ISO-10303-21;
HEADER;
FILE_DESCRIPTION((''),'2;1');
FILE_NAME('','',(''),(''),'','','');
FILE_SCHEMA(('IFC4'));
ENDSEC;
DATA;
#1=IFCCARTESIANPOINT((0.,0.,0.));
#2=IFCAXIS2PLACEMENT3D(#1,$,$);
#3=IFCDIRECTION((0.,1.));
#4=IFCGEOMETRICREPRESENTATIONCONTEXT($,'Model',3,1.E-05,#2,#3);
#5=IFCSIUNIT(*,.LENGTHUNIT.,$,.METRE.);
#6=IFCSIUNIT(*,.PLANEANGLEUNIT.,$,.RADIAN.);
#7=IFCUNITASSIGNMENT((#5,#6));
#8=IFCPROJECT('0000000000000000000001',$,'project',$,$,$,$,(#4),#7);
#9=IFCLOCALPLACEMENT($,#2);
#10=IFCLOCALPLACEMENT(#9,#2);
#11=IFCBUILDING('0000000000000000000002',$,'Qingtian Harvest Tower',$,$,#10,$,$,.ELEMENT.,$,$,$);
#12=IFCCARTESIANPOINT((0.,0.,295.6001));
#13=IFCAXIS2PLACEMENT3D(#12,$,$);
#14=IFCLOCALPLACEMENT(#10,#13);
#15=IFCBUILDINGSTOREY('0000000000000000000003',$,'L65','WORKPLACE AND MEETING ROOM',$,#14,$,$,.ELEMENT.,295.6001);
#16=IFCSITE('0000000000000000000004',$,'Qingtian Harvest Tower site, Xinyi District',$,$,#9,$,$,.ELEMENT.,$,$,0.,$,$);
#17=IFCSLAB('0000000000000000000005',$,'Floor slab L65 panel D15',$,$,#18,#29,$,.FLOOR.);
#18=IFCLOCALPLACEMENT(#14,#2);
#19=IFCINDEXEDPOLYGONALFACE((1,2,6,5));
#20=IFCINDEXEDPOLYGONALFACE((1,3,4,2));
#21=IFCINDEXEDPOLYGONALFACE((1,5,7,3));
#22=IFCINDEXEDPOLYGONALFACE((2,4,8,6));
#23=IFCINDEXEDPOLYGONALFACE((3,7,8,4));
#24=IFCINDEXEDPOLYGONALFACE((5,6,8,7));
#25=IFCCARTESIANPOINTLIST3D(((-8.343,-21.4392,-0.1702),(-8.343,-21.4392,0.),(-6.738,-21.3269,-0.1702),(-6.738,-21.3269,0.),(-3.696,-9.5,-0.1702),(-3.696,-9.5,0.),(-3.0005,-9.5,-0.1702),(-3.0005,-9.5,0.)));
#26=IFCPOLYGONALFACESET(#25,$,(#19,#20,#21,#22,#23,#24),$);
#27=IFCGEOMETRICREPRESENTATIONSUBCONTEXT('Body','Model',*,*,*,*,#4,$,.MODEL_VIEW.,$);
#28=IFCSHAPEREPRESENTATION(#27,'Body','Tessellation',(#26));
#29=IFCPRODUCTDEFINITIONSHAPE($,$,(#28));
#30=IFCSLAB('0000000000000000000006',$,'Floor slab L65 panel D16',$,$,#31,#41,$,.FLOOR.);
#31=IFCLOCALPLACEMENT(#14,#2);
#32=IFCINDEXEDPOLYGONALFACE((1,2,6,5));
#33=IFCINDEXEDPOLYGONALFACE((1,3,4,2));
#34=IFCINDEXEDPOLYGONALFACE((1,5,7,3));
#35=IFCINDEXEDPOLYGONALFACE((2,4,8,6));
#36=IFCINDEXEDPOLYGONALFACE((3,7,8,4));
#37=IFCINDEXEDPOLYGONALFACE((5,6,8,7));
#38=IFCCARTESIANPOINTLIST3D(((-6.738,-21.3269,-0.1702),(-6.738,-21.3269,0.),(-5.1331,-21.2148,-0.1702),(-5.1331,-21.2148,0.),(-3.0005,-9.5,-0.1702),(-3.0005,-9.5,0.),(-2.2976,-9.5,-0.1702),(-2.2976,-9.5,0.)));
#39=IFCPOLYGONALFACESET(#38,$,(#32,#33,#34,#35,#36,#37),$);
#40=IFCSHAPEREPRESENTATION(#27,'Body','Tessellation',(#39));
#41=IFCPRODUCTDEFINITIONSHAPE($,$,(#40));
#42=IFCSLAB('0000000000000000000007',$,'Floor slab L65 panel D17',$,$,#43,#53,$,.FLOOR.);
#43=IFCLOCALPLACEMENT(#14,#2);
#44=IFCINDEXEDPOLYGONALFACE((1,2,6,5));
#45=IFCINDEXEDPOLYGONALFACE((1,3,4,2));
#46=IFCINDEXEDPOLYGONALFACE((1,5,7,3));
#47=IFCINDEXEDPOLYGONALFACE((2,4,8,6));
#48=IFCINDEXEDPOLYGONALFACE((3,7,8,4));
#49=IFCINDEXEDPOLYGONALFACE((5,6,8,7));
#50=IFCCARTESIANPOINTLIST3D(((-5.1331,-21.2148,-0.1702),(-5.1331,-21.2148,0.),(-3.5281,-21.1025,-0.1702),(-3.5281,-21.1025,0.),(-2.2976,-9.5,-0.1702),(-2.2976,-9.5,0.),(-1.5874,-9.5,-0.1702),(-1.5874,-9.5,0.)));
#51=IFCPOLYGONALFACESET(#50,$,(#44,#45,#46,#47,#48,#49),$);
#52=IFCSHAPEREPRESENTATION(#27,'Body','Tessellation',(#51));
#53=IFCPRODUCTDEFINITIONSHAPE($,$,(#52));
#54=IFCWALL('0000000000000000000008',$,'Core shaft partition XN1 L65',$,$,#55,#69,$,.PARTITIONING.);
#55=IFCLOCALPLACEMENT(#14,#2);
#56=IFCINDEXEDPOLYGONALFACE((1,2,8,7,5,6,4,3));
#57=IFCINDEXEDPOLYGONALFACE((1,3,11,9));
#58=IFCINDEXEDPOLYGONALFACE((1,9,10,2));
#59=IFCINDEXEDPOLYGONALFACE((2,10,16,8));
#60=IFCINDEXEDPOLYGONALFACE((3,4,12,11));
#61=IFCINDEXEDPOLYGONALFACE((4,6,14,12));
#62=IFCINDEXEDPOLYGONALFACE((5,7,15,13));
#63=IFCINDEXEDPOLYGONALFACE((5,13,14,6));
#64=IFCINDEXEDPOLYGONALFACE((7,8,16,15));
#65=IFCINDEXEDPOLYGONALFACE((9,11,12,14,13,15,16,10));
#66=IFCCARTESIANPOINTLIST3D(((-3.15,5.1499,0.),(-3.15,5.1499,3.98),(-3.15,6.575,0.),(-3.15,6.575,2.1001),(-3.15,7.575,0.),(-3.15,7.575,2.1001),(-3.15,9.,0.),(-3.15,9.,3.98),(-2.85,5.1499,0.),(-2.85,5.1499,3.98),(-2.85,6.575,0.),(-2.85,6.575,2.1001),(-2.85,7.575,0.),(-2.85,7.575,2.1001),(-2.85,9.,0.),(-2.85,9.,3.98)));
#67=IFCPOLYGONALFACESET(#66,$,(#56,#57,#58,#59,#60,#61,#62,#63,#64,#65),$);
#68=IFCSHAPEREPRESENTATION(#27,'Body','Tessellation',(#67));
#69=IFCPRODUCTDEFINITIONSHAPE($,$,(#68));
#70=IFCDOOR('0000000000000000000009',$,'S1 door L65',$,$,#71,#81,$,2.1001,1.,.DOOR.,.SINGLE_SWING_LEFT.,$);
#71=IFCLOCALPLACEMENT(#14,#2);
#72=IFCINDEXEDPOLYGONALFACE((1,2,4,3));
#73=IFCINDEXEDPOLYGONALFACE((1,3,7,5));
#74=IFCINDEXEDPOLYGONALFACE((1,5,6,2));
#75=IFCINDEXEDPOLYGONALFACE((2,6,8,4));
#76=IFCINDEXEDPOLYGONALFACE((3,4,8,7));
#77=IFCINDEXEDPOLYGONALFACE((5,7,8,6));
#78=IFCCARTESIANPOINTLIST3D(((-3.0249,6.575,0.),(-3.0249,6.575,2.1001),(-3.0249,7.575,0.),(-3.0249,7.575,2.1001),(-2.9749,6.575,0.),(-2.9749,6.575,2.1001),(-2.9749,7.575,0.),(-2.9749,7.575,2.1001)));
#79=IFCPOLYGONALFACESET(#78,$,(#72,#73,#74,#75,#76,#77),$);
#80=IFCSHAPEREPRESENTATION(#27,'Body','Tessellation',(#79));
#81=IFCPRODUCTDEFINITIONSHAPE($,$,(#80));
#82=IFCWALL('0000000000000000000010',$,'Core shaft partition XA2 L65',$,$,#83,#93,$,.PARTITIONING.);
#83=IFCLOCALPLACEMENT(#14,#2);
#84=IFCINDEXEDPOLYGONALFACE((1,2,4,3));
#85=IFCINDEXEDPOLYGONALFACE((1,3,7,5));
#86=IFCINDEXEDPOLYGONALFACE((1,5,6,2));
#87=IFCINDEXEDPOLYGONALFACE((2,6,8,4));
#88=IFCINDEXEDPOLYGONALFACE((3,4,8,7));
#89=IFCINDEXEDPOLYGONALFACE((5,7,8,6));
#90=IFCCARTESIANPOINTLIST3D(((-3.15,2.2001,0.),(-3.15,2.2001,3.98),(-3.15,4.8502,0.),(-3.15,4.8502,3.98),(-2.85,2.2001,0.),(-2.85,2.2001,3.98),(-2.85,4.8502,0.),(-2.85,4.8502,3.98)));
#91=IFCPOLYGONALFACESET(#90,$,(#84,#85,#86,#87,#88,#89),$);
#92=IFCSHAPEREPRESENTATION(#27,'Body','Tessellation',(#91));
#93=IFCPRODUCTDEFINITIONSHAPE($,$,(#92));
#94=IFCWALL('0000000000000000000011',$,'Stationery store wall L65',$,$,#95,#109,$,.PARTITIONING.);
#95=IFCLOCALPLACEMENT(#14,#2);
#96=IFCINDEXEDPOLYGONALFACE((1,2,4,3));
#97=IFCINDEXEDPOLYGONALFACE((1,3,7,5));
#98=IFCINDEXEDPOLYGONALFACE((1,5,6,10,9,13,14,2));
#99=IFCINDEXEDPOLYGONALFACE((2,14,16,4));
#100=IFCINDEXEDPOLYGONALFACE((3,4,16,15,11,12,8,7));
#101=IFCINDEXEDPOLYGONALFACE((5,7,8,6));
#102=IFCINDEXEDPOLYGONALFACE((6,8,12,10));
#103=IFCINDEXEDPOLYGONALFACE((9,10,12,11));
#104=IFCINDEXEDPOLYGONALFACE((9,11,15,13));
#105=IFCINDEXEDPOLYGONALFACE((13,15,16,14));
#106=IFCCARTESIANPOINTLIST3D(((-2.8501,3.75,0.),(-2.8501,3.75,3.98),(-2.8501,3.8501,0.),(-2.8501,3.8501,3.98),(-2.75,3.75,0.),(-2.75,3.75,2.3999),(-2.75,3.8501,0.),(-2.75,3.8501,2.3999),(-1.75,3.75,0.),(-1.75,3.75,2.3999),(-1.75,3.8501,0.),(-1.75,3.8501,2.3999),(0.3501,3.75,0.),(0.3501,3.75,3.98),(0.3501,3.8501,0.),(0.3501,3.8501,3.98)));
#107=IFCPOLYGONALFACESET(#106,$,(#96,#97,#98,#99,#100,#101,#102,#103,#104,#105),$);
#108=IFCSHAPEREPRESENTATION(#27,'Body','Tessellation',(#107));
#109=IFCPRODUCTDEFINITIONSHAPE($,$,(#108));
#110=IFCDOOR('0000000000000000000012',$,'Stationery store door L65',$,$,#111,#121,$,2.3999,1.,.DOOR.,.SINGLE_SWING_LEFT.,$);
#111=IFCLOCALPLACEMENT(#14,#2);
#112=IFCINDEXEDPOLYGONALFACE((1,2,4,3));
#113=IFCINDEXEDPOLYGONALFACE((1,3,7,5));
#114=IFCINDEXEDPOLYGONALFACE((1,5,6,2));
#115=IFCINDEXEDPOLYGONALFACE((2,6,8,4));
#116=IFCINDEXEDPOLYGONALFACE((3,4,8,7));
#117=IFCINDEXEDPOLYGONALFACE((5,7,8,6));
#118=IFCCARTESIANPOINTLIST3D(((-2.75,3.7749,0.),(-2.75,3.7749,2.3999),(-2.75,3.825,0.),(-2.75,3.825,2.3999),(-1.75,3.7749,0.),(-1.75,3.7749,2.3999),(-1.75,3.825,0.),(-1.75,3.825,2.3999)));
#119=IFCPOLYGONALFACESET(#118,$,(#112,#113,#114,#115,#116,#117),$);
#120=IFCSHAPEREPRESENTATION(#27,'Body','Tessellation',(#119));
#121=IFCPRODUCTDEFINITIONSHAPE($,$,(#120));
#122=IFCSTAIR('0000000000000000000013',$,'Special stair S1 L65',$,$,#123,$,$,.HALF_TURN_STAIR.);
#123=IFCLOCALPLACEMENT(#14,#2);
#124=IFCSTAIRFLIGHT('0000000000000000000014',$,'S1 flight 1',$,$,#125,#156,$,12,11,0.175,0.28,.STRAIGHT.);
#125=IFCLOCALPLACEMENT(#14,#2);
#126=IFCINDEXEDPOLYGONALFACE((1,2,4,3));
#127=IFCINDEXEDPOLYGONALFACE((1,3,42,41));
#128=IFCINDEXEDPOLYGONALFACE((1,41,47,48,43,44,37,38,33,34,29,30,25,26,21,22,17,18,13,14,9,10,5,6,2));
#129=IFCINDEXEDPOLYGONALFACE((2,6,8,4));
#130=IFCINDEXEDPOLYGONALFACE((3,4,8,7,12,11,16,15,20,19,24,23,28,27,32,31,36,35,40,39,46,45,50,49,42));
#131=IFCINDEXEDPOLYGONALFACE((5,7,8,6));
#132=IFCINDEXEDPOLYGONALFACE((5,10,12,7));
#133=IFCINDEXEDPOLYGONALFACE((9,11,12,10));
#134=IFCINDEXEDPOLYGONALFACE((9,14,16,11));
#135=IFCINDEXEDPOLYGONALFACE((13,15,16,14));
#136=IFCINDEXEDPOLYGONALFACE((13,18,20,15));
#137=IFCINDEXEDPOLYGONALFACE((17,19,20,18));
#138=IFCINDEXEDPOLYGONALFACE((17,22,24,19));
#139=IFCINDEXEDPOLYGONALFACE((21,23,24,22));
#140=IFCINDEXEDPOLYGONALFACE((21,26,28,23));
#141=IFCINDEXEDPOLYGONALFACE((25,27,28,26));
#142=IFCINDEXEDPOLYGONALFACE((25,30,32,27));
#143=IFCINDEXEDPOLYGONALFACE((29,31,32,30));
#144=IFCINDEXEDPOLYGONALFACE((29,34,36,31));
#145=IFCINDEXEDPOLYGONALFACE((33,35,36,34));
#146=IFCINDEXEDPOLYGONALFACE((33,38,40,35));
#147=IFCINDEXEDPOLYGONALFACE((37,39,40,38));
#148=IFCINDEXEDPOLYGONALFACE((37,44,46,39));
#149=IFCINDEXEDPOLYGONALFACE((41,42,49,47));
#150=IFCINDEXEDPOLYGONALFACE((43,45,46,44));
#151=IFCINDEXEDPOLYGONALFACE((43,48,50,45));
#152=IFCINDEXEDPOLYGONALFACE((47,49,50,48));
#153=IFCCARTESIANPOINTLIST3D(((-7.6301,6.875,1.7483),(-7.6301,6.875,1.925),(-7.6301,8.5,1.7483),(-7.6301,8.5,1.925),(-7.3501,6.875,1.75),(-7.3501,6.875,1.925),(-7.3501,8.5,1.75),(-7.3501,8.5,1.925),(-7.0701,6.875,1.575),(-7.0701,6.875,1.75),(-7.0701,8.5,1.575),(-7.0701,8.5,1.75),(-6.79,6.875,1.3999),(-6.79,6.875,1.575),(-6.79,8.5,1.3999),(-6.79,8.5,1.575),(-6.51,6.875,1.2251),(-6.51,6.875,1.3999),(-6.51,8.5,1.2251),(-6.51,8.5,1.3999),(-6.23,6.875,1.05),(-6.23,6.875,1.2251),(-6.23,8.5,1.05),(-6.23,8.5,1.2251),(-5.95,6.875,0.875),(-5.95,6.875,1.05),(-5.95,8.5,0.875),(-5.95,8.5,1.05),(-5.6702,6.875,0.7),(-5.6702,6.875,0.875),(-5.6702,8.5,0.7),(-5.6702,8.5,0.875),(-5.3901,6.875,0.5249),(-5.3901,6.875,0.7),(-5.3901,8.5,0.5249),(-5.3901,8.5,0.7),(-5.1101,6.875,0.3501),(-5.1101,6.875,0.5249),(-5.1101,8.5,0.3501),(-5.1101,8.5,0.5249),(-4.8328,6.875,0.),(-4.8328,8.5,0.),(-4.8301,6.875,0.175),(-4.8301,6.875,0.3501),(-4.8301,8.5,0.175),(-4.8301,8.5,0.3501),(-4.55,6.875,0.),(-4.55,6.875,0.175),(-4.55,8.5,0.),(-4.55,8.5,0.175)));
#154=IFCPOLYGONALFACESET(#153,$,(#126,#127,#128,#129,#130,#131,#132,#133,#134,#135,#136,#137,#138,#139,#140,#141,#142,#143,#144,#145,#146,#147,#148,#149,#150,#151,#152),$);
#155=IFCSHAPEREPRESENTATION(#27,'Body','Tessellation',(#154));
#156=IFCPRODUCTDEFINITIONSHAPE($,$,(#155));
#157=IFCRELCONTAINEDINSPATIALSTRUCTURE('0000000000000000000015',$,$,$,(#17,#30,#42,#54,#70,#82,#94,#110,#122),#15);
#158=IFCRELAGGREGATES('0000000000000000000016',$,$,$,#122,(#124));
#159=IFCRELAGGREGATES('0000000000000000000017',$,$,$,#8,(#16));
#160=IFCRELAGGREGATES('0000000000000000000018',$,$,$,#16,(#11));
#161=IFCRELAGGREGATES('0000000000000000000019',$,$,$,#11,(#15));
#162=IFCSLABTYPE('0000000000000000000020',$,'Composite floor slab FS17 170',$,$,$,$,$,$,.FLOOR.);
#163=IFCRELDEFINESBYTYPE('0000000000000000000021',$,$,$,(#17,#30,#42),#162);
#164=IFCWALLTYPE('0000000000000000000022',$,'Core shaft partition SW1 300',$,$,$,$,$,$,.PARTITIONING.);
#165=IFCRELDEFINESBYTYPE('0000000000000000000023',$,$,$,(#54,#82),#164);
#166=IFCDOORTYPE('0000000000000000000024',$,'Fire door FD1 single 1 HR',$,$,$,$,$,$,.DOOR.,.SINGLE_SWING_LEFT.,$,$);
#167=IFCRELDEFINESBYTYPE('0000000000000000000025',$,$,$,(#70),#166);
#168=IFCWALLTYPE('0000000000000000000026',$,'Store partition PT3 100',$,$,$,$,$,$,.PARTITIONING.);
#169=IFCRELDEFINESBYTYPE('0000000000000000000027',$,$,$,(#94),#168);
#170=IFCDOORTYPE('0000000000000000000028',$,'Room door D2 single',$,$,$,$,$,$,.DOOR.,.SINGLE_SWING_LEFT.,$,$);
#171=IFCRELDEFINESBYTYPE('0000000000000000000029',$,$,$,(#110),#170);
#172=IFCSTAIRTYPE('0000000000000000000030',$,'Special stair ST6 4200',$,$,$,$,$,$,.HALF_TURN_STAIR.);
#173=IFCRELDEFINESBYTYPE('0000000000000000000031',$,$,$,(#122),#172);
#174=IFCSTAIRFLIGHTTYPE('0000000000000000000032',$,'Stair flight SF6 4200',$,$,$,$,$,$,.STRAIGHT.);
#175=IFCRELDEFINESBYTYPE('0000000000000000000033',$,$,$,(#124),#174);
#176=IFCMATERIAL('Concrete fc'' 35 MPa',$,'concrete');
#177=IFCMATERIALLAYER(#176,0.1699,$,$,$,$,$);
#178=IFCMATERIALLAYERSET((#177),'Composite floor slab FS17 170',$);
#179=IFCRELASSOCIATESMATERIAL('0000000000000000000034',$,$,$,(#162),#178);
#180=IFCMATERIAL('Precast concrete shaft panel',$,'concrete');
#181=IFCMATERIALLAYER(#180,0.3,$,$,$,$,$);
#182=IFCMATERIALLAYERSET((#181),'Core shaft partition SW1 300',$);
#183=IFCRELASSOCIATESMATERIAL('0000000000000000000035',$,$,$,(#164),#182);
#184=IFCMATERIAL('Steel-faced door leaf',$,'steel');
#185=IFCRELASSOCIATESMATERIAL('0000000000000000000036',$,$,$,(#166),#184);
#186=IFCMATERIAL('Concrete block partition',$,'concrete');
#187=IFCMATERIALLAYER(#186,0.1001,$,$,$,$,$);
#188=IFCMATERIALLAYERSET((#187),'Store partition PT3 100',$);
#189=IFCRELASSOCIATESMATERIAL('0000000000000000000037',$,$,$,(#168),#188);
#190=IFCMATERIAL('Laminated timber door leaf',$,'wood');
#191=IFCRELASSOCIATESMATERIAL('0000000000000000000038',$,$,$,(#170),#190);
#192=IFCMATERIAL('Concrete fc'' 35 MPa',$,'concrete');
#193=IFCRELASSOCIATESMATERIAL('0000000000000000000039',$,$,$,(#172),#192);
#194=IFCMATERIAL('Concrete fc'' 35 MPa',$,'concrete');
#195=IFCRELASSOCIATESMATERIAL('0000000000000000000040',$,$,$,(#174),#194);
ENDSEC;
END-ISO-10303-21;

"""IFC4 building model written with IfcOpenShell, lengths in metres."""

from ifc_helpers import new_model, si_unit, direction, frame, frame_2d, origin, place, context, subcontext, project, spatial, polyline, rectangle, outline, extrude, material, layer, layer_set, type_object, element, fill, aggregate, save


model = new_model("IFC4")

# Units and contexts
model_context = context("Model", 3, precision=1e-05, world=origin(), true_north=direction((0.0, 1.0)))
body_context = subcontext(model_context, "Body", "Model", "MODEL_VIEW")
ifc_project = project(units=[si_unit("LENGTHUNIT", "METRE"), si_unit("PLANEANGLEUNIT", "RADIAN")], contexts=[model_context])

# Site, building, storey
site_placement = place(None, origin())
site = spatial("IfcSite", under=ifc_project, at=site_placement, Name="Qingtian Harvest Tower site, Xinyi District", CompositionType="ELEMENT", RefElevation=0.0)
building_placement = place(site_placement, origin())
building = spatial("IfcBuilding", under=site, at=building_placement, Name="Qingtian Harvest Tower", CompositionType="ELEMENT")
storey_placement = place(building_placement, frame((0.0, 0.0, 295.6001)))
storey = spatial("IfcBuildingStorey", under=building, at=storey_placement, Name="L65", Description="WORKPLACE AND MEETING ROOM", CompositionType="ELEMENT", Elevation=295.6001)

# Slabs
ifc_material_1 = material(Name="Concrete fc' 35 MPa", Category="concrete")
ifc_layer_1 = layer(ifc_material_1, 0.1699)
ifc_layer_set_1 = layer_set([ifc_layer_1], Name="Composite floor slab FS17 170")
slab_type = type_object("IfcSlabType", Name="Composite floor slab FS17 170", PredefinedType="FLOOR", material=ifc_layer_set_1)
slab_1_placement = place(storey_placement, frame((0.0, 0.0, -0.1702)))
element("IfcSlab", 1, at=slab_1_placement, inside=storey, type_object=slab_type, Name="Floor slab L65 panel D15", PredefinedType="FLOOR", context=body_context, shape_type="SweptSolid", body=[
    extrude(outline(polyline([(-3.0005, -9.5), (-6.738, -21.3269), (-8.343, -21.4392), (-3.696, -9.5), (-3.0005, -9.5)])), origin(), (0.0, 0.0, 1.0), 0.1702),
])
slab_2_placement = place(storey_placement, frame((0.0, 0.0, -0.1702)))
element("IfcSlab", 2, at=slab_2_placement, inside=storey, type_object=slab_type, Name="Floor slab L65 panel D16", PredefinedType="FLOOR", context=body_context, shape_type="SweptSolid", body=[
    extrude(outline(polyline([(-2.2976, -9.5), (-5.1331, -21.2148), (-6.738, -21.3269), (-3.0005, -9.5), (-2.2976, -9.5)])), origin(), (0.0, 0.0, 1.0), 0.1702),
])
slab_3_placement = place(storey_placement, frame((0.0, 0.0, -0.1702)))
element("IfcSlab", 3, at=slab_3_placement, inside=storey, type_object=slab_type, Name="Floor slab L65 panel D17", PredefinedType="FLOOR", context=body_context, shape_type="SweptSolid", body=[
    extrude(outline(polyline([(-1.5874, -9.5), (-3.5281, -21.1025), (-5.1331, -21.2148), (-2.2976, -9.5), (-1.5874, -9.5)])), origin(), (0.0, 0.0, 1.0), 0.1702),
])

# Wall, opening, door
ifc_material_2 = material(Name="Precast concrete shaft panel", Category="concrete")
ifc_layer_2 = layer(ifc_material_2, 0.3)
ifc_layer_set_2 = layer_set([ifc_layer_2], Name="Core shaft partition SW1 300")
wall_type_1 = type_object("IfcWallType", Name="Core shaft partition SW1 300", PredefinedType="PARTITIONING", material=ifc_layer_set_2)
wall_1_placement = place(storey_placement, frame((-3.0, 5.1499, 0.0), z_axis=(0.0, 0.0, 1.0), x_axis=(0.0, 1.0, 0.0)))
wall_1 = element("IfcWall", 4, at=wall_1_placement, inside=storey, type_object=wall_type_1, Name="Core shaft partition XN1 L65", PredefinedType="PARTITIONING", context=body_context, shape_type="SweptSolid", body=[
    extrude(rectangle(XDim=3.8501, YDim=0.3, at=frame_2d((1.925, 0.0))), origin(), (0.0, 0.0, 1.0), 3.98),
])
opening_1_placement = place(wall_1_placement, frame((1.425, 0.0, 0.0)))
opening_1 = element("IfcOpeningElement", 5, at=opening_1_placement, cuts=wall_1, PredefinedType="OPENING", context=body_context, shape_type="SweptSolid", body=[
    extrude(rectangle(XDim=1.0, YDim=2.1001, at=frame_2d((0.5, 1.05))), frame((0.0, 0.1599, 0.0), z_axis=(0.0, -1.0, 0.0), x_axis=(1.0, 0.0, 0.0)), (0.0, 0.0, 1.0), 0.3201),
])
ifc_material_3 = material(Name="Steel-faced door leaf", Category="steel")
door_type_1 = type_object("IfcDoorType", Name="Fire door FD1 single 1 HR", OperationType="SINGLE_SWING_LEFT", PredefinedType="DOOR", material=ifc_material_3)
door_1_placement = place(opening_1_placement, origin())
door_1 = element("IfcDoor", 6, at=door_1_placement, inside=storey, type_object=door_type_1, Name="S1 door L65", OperationType="SINGLE_SWING_LEFT", OverallHeight=2.1001, OverallWidth=1.0, PredefinedType="DOOR", context=body_context, shape_type="SweptSolid", body=[
    extrude(rectangle(XDim=1.0, YDim=2.1001, at=frame_2d((0.5, 1.05))), frame((0.0, 0.0249, 0.0), z_axis=(0.0, -1.0, 0.0), x_axis=(1.0, 0.0, 0.0)), (0.0, 0.0, 1.0), 0.05),
])
fill(opening_1, door_1)

# Wall
wall_2_placement = place(storey_placement, frame((-3.0, 2.2, 0.0), z_axis=(0.0, 0.0, 1.0), x_axis=(0.0, 1.0, 0.0)))
element("IfcWall", 7, at=wall_2_placement, inside=storey, type_object=wall_type_1, Name="Core shaft partition XA2 L65", PredefinedType="PARTITIONING", context=body_context, shape_type="SweptSolid", body=[
    extrude(rectangle(XDim=2.6501, YDim=0.3, at=frame_2d((1.3252, 0.0))), origin(), (0.0, 0.0, 1.0), 3.98),
])

# Wall, opening, door
ifc_material_4 = material(Name="Concrete block partition", Category="concrete")
ifc_layer_3 = layer(ifc_material_4, 0.1001)
ifc_layer_set_3 = layer_set([ifc_layer_3], Name="Store partition PT3 100")
wall_type_2 = type_object("IfcWallType", Name="Store partition PT3 100", PredefinedType="PARTITIONING", material=ifc_layer_set_3)
wall_3_placement = place(storey_placement, frame((-2.8501, 3.8, 0.0), z_axis=(0.0, 0.0, 1.0), x_axis=(1.0, 0.0, 0.0)))
wall_3 = element("IfcWall", 8, at=wall_3_placement, inside=storey, type_object=wall_type_2, Name="Stationery store wall L65", PredefinedType="PARTITIONING", context=body_context, shape_type="SweptSolid", body=[
    extrude(rectangle(XDim=3.2002, YDim=0.1001, at=frame_2d((1.6001, 0.0))), origin(), (0.0, 0.0, 1.0), 3.98),
])
opening_2_placement = place(wall_3_placement, frame((0.1001, 0.0, 0.0)))
opening_2 = element("IfcOpeningElement", 9, at=opening_2_placement, cuts=wall_3, PredefinedType="OPENING", context=body_context, shape_type="SweptSolid", body=[
    extrude(rectangle(XDim=1.0, YDim=2.3999, at=frame_2d((0.5, 1.2))), frame((0.0, 0.0601, 0.0), z_axis=(0.0, -1.0, 0.0), x_axis=(1.0, 0.0, 0.0)), (0.0, 0.0, 1.0), 0.1201),
])
ifc_material_5 = material(Name="Laminated timber door leaf", Category="wood")
door_type_2 = type_object("IfcDoorType", Name="Room door D2 single", OperationType="SINGLE_SWING_LEFT", PredefinedType="DOOR", material=ifc_material_5)
door_2_placement = place(opening_2_placement, origin())
door_2 = element("IfcDoor", 10, at=door_2_placement, inside=storey, type_object=door_type_2, Name="Stationery store door L65", OperationType="SINGLE_SWING_LEFT", OverallHeight=2.3999, OverallWidth=1.0, PredefinedType="DOOR", context=body_context, shape_type="SweptSolid", body=[
    extrude(rectangle(XDim=1.0, YDim=2.3999, at=frame_2d((0.5, 1.2))), frame((0.0, 0.0249, 0.0), z_axis=(0.0, -1.0, 0.0), x_axis=(1.0, 0.0, 0.0)), (0.0, 0.0, 1.0), 0.05),
])
fill(opening_2, door_2)

# Stair, stair flight
ifc_material_6 = material(Name="Concrete fc' 35 MPa", Category="concrete")
stair_type = type_object("IfcStairType", Name="Special stair ST6 4200", PredefinedType="HALF_TURN_STAIR", material=ifc_material_6)
stair_placement = place(storey_placement, origin())
stair = element("IfcStair", 11, at=stair_placement, inside=storey, type_object=stair_type, Name="Special stair S1 L65", PredefinedType="HALF_TURN_STAIR")
ifc_material_7 = material(Name="Concrete fc' 35 MPa", Category="concrete")
stair_flight_type = type_object("IfcStairFlightType", Name="Stair flight SF6 4200", PredefinedType="STRAIGHT", material=ifc_material_7)
stair_flight_placement = place(storey_placement, frame((-4.55, 7.6875, 0.0), z_axis=(0.0, 0.0, 1.0), x_axis=(-1.0, 0.0, 0.0)))
stair_flight = element("IfcStairFlight", 12, at=stair_flight_placement, type_object=stair_flight_type, Name="S1 flight 1", NumberOfRisers=12, NumberOfTreads=11, PredefinedType="STRAIGHT", RiserHeight=0.175, TreadLength=0.28, context=body_context, shape_type="SweptSolid", body=[
    extrude(outline(polyline([(0.0, 0.0), (0.0, 0.175), (0.28, 0.175), (0.28, 0.3501), (0.5601, 0.3501), (0.5601, 0.5249), (0.8401, 0.5249), (0.8401, 0.7), (1.1201, 0.7), (1.1201, 0.875), (1.3999, 0.875), (1.3999, 1.05), (1.6799, 1.05), (1.6799, 1.2251), (1.96, 1.2251), (1.96, 1.3999), (2.24, 1.3999), (2.24, 1.575), (2.52, 1.575), (2.52, 1.75), (2.8, 1.75), (2.8, 1.925), (3.0801, 1.925), (3.0801, 2.1001), (3.0801, 1.7483), (0.2827, 0.0), (0.0, 0.0)])), frame((0.0, 0.8125, 0.0), z_axis=(0.0, -1.0, 0.0), x_axis=(1.0, 0.0, 0.0)), (0.0, 0.0, 1.0), 1.625),
])
aggregate(stair, [stair_flight])

save(model, "model.ifc")
